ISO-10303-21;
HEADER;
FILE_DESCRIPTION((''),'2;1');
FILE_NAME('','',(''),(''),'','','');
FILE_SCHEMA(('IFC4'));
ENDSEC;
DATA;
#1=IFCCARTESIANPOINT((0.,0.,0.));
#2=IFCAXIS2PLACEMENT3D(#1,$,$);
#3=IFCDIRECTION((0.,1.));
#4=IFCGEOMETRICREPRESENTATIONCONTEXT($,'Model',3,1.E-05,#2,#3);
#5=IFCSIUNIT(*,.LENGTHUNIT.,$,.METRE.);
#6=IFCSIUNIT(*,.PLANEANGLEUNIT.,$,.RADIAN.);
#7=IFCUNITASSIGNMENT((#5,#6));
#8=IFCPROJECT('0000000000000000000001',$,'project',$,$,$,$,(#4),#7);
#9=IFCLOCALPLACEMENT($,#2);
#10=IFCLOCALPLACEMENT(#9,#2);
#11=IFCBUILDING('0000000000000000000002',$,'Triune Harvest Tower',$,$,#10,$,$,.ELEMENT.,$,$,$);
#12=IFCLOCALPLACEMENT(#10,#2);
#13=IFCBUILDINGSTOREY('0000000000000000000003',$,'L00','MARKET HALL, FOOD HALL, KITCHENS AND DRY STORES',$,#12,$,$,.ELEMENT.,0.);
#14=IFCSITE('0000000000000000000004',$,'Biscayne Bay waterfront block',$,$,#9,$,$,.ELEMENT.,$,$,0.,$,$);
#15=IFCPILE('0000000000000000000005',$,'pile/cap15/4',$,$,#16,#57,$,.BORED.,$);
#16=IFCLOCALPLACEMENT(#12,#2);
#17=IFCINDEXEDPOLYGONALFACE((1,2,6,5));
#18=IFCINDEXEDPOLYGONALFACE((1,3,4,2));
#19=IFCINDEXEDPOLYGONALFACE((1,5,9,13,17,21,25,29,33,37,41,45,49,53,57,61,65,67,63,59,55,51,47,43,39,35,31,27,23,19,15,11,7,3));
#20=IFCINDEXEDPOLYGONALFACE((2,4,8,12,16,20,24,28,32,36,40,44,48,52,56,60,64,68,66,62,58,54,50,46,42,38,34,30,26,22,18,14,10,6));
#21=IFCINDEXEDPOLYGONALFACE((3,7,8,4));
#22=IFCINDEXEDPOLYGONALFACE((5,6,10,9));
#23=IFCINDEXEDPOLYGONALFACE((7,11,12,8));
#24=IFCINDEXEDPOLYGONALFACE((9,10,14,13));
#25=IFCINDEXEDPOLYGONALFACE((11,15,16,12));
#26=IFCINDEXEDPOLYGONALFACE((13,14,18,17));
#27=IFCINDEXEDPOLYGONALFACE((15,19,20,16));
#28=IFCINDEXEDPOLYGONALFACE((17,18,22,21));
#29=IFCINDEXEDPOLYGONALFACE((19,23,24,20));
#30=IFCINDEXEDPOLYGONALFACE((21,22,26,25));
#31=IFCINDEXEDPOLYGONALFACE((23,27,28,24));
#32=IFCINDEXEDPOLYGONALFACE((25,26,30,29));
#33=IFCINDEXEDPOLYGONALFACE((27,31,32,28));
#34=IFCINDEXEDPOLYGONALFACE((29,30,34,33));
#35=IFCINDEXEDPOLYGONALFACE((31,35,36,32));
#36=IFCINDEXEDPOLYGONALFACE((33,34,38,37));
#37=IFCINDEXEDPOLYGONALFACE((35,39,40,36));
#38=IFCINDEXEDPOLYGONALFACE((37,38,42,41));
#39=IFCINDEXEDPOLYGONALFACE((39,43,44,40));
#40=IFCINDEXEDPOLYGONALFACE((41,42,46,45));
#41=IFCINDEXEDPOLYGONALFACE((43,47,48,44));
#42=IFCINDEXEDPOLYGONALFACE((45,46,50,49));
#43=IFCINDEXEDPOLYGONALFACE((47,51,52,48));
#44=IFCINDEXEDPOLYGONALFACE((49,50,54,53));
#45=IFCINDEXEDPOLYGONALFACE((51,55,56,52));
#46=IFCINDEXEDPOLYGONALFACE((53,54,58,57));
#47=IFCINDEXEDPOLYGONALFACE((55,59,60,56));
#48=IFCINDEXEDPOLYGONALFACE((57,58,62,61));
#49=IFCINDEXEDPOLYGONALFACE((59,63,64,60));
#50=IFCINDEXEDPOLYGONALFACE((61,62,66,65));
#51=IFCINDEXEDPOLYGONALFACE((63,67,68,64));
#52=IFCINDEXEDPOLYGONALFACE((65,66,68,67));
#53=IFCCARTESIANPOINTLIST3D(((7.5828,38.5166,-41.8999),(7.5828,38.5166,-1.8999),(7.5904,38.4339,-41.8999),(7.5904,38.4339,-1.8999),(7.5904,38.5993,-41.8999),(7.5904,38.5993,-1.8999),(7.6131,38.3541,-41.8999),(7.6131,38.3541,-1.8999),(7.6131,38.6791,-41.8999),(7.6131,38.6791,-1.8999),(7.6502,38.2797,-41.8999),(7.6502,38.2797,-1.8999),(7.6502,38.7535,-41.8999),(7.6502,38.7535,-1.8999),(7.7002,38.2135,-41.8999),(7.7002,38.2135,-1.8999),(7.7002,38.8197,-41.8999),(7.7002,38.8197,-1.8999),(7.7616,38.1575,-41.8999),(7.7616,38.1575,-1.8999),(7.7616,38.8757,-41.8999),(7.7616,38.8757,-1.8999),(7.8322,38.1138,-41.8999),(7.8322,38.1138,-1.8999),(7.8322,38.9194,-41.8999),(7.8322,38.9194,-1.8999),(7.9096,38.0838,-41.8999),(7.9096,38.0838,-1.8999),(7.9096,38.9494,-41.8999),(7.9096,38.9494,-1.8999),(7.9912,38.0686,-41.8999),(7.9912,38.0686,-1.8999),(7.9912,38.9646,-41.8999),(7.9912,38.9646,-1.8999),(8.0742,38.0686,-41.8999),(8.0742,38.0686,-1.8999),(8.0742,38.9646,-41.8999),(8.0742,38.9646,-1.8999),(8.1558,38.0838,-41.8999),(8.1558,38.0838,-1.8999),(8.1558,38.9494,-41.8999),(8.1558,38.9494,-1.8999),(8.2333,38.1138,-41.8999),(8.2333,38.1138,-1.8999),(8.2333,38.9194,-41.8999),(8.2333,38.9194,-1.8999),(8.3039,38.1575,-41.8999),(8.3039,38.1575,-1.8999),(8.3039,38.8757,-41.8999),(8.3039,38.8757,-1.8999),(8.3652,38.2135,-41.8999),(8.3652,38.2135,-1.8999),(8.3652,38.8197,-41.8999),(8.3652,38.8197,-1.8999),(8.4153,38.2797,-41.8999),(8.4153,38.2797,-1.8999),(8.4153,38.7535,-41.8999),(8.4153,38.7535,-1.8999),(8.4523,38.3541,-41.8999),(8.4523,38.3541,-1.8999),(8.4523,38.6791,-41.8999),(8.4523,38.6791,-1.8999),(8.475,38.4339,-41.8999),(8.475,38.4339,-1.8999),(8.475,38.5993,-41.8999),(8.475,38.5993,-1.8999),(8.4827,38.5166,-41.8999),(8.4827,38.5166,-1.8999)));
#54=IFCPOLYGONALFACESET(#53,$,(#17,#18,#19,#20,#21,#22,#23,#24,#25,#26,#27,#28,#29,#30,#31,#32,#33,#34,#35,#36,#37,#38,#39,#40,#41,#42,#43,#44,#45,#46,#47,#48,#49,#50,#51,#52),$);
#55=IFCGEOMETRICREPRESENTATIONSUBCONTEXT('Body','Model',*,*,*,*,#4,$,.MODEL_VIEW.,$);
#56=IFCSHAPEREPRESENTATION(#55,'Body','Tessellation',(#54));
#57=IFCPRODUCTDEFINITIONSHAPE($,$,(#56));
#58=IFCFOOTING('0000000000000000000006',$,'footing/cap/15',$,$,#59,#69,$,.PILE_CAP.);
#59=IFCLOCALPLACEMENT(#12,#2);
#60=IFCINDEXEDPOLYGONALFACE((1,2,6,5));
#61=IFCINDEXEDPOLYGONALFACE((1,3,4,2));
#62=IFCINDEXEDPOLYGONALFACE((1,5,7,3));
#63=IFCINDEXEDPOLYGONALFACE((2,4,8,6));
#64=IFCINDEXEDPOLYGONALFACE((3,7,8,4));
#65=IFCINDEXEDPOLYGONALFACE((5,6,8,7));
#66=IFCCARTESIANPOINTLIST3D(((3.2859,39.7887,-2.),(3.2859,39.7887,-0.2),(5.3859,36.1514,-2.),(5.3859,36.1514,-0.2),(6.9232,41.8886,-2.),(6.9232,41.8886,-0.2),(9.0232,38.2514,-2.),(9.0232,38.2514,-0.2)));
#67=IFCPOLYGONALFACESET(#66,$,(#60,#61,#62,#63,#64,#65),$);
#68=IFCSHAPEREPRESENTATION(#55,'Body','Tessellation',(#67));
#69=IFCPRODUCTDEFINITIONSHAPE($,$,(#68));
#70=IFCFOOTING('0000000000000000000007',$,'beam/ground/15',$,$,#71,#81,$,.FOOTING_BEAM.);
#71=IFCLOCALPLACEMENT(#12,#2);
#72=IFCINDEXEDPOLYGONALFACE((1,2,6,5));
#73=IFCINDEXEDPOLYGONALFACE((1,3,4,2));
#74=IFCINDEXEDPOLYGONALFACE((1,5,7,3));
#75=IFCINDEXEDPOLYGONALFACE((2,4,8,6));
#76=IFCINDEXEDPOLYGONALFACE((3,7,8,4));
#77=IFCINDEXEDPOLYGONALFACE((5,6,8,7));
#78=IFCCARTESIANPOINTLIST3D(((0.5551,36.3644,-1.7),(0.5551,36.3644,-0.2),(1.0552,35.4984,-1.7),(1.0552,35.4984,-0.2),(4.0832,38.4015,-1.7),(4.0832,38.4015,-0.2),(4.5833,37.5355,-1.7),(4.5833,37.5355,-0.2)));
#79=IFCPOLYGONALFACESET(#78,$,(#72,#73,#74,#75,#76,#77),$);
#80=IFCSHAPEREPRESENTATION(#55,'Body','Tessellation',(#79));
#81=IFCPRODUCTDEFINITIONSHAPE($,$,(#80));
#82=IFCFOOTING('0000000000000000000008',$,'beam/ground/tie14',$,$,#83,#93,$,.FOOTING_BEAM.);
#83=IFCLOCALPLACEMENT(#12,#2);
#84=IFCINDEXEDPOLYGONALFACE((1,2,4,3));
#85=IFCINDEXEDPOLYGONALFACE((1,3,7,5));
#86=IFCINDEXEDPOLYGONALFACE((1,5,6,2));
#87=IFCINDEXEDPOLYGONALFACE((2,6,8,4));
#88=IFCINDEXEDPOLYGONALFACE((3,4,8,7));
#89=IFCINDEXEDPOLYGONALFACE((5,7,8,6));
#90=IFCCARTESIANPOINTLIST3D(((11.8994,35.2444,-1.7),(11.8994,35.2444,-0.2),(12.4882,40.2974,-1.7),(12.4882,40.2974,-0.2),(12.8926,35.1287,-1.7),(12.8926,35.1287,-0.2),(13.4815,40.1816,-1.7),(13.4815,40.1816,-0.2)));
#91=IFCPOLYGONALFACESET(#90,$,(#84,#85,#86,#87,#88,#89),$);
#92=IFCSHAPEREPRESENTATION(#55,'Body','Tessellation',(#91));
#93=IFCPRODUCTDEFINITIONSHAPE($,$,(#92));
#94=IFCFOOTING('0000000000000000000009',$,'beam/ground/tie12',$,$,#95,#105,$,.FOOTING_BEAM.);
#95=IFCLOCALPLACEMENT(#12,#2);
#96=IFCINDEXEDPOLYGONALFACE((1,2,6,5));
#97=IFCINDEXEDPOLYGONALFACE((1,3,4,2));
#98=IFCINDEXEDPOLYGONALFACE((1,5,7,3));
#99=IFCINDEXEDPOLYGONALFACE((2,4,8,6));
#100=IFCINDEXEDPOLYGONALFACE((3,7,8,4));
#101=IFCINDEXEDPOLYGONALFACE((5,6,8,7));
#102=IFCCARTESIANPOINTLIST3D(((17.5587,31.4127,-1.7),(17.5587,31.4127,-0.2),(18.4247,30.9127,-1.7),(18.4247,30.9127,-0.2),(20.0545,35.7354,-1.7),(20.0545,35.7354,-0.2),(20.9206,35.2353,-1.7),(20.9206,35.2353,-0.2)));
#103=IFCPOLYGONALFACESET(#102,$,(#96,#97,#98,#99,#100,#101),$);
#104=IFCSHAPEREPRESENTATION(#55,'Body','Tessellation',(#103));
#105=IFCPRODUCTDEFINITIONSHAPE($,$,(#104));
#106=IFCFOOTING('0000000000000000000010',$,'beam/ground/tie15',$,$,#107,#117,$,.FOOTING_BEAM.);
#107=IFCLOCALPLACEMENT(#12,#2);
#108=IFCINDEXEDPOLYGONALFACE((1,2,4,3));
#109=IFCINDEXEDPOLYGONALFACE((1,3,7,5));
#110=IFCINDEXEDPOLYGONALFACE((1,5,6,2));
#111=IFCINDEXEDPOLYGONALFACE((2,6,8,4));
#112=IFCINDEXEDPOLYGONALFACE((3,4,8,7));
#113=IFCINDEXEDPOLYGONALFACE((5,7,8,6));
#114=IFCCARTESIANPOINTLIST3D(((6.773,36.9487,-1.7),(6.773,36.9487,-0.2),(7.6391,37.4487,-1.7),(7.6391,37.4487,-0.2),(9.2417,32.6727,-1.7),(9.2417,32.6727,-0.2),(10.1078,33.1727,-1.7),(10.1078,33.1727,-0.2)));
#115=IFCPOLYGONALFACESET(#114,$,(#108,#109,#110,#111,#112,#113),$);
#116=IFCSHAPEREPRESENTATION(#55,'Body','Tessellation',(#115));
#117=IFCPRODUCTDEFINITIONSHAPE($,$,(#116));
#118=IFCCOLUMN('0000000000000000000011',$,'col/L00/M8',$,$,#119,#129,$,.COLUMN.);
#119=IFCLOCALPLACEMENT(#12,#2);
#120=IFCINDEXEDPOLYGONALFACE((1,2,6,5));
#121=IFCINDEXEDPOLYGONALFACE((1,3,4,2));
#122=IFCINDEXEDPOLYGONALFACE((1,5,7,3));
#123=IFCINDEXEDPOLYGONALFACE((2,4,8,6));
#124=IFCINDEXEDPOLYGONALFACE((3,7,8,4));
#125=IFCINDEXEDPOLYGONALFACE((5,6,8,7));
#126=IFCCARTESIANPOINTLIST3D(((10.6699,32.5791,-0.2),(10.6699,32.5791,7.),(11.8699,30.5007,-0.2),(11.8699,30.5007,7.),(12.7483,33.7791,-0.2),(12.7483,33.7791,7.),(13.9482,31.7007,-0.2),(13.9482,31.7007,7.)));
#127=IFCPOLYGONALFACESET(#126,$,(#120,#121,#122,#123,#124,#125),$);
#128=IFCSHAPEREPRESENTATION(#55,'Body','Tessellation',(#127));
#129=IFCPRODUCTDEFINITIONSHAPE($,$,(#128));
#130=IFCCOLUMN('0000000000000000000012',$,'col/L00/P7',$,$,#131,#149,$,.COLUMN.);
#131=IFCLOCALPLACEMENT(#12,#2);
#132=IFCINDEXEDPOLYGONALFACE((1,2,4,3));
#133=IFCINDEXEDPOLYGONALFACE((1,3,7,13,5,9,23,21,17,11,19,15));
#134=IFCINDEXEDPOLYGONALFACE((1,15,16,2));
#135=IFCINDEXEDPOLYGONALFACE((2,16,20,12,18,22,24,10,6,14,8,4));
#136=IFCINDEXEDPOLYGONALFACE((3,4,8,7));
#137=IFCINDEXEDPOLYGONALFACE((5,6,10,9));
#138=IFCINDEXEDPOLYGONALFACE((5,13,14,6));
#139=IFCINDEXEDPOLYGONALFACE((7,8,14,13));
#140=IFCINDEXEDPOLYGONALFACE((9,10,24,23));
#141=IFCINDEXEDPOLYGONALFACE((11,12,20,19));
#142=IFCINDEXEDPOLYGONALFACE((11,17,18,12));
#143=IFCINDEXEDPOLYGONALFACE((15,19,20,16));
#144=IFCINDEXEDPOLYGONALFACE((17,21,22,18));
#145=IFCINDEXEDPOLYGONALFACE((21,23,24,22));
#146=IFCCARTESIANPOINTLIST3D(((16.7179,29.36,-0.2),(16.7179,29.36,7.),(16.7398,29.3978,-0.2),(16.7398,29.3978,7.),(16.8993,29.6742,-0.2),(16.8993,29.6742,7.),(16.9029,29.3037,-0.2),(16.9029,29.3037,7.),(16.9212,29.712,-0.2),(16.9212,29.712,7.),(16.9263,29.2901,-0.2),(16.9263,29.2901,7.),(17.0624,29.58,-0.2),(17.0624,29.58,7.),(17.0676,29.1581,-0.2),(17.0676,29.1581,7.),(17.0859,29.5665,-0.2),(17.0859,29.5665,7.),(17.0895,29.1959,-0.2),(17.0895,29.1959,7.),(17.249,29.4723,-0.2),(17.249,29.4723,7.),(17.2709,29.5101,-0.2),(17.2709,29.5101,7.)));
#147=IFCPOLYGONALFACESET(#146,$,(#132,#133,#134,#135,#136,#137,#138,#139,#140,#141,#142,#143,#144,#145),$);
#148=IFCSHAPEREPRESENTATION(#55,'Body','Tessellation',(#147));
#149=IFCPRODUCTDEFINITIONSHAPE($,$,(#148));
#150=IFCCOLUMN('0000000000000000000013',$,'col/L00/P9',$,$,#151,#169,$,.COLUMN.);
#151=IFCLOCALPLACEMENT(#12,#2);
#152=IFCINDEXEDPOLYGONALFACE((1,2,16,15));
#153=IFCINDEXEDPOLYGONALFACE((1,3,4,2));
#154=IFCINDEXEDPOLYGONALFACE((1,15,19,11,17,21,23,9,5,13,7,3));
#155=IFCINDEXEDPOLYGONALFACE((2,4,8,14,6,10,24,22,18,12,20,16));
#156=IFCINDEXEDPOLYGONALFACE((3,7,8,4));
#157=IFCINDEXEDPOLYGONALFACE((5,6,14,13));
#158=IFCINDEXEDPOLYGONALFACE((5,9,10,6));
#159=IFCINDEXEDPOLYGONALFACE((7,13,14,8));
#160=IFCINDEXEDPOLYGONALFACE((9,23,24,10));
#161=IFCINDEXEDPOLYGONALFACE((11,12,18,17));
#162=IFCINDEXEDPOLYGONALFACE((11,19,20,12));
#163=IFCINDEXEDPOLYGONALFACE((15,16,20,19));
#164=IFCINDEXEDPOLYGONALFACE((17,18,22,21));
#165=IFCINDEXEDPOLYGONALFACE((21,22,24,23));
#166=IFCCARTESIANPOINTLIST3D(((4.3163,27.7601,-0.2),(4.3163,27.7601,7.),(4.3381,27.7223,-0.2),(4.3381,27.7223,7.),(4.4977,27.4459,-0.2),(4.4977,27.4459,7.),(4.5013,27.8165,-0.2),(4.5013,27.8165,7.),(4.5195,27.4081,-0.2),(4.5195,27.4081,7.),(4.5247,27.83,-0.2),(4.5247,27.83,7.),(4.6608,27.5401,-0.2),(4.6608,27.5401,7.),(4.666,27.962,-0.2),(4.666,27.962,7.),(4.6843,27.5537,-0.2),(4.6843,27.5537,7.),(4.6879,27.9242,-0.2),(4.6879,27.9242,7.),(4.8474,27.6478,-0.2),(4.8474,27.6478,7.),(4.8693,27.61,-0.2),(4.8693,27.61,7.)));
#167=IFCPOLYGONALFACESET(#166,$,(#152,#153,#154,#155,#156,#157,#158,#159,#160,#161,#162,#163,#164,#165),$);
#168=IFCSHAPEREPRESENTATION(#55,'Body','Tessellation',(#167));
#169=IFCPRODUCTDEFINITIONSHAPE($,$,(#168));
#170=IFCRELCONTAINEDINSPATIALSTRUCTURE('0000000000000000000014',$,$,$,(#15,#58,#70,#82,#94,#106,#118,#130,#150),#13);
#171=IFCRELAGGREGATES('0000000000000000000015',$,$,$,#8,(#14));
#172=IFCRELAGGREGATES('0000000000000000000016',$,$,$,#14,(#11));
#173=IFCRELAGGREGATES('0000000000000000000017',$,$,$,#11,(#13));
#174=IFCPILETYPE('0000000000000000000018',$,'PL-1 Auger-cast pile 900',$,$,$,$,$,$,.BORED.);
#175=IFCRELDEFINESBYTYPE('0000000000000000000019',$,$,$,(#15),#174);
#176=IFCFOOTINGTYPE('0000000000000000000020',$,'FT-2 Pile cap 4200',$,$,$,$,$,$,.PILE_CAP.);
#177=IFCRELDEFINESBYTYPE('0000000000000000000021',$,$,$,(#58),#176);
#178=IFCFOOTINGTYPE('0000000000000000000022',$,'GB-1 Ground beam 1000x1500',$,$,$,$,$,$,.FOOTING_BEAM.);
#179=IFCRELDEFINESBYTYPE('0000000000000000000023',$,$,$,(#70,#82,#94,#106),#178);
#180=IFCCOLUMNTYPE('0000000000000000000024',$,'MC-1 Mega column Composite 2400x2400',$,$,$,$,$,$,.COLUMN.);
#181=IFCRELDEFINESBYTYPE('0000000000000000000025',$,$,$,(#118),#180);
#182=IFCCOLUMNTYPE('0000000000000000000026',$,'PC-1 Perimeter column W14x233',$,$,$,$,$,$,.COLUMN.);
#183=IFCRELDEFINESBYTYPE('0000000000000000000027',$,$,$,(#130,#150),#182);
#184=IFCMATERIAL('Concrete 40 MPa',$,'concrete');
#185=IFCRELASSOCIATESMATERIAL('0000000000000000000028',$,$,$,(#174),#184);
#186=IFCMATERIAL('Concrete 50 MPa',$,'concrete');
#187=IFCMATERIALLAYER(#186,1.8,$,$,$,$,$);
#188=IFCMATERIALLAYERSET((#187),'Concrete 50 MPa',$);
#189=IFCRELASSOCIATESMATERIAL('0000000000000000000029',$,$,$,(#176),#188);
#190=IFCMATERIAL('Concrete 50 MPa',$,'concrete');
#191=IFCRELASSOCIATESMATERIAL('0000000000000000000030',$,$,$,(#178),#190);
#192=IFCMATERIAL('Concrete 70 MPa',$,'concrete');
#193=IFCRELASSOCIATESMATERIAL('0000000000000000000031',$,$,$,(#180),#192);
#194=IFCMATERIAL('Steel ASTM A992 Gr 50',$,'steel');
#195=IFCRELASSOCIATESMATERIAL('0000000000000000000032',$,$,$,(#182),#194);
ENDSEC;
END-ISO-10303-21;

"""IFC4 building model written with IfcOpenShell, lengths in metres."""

from ifc_helpers import new_model, si_unit, direction, frame, origin, origin_2d, place, context, subcontext, project, spatial, rectangle, circle, i_section, extrude, source, transform, mapped, material, layer, layer_set, material_profile, profile_set, type_object, element, save


model = new_model("IFC4")

# Units and contexts
model_context = context("Model", 3, precision=1e-05, world=origin(), true_north=direction((0.0, 1.0)))
body_context = subcontext(model_context, "Body", "Model", "MODEL_VIEW")
ifc_project = project(units=[si_unit("LENGTHUNIT", "METRE"), si_unit("PLANEANGLEUNIT", "RADIAN")], contexts=[model_context])

# Site, building, storey
site_placement = place(None, origin())
site = spatial("IfcSite", under=ifc_project, at=site_placement, Name="Biscayne Bay waterfront block", CompositionType="ELEMENT", RefElevation=0.0)
building_placement = place(site_placement, origin())
building = spatial("IfcBuilding", under=site, at=building_placement, Name="Triune Harvest Tower", CompositionType="ELEMENT")
storey_placement = place(building_placement, origin())
storey = spatial("IfcBuildingStorey", under=building, at=storey_placement, Name="L00", Description="MARKET HALL, FOOD HALL, KITCHENS AND DRY STORES", CompositionType="ELEMENT", Elevation=0.0)

# Pile
ifc_material_1 = material(Name="Concrete 40 MPa", Category="concrete")
ifc_material_profile_1 = material_profile(ifc_material_1, circle(Radius=0.45, at=origin_2d()), Name="Bored 900")
ifc_profile_set_1 = profile_set([ifc_material_profile_1], Name="Concrete 40 MPa")
pile_type = type_object("IfcPileType", Name="PL-1 Auger-cast pile 900", PredefinedType="BORED", material=ifc_profile_set_1)
shared_shape_1 = source(origin(), body_context, "Body", "SweptSolid", [
    extrude(circle(Radius=0.45, at=origin_2d()), origin(), (0.0, 0.0, 1.0), 40.0),
])
for number, where, z_axis, x_axis, name in (
    (1, (8.0327, 38.5166, -1.8999), (0.0, 0.0, -1.0), (1.0, 0.0, 0.0), "pile/cap15/4"),
):
    element("IfcPile", number, at=place(storey_placement, frame(where, z_axis=z_axis, x_axis=x_axis)), inside=storey, type_object=pile_type, Name=name, PredefinedType="BORED", context=body_context, shape_type="MappedRepresentation", body=[
        mapped(shared_shape_1, transform((0.0, 0.0, 0.0), scale=1.0)),
    ])

# Footings
ifc_material_2 = material(Name="Concrete 50 MPa", Category="concrete")
ifc_layer_1 = layer(ifc_material_2, 1.8)
ifc_layer_set_1 = layer_set([ifc_layer_1], Name="Concrete 50 MPa")
footing_type_1 = type_object("IfcFootingType", Name="FT-2 Pile cap 4200", PredefinedType="PILE_CAP", material=ifc_layer_set_1)
shared_shape_2 = source(origin(), body_context, "Body", "SweptSolid", [
    extrude(rectangle(XDim=4.2, YDim=4.2, at=origin_2d()), origin(), (0.0, 0.0, 1.0), 1.8),
])
footing_1_placement = place(storey_placement, frame((6.1545, 39.02, -2.0), z_axis=(0.0, 0.0, 1.0), x_axis=(-0.866025, -0.5, 0.0)))
element("IfcFooting", 2, at=footing_1_placement, inside=storey, type_object=footing_type_1, Name="footing/cap/15", PredefinedType="PILE_CAP", context=body_context, shape_type="MappedRepresentation", body=[
    mapped(shared_shape_2, transform((0.0, 0.0, 0.0), scale=1.0)),
])
ifc_material_3 = material(Name="Concrete 50 MPa", Category="concrete")
ifc_material_profile_2 = material_profile(ifc_material_3, rectangle(XDim=1.0, YDim=1.5, at=origin_2d()), Name="Concrete 1000x1500")
ifc_profile_set_2 = profile_set([ifc_material_profile_2], Name="Concrete 50 MPa")
footing_type_2 = type_object("IfcFootingType", Name="GB-1 Ground beam 1000x1500", PredefinedType="FOOTING_BEAM", material=ifc_profile_set_2)
shared_shape_3 = source(origin(), body_context, "Body", "SweptSolid", [
    extrude(rectangle(XDim=1.0, YDim=1.5, at=origin_2d()), origin(), (0.0, 0.0, 1.0), 4.074),
])
footing_2_placement = place(storey_placement, frame((4.3333, 37.9685, -0.95), z_axis=(-0.866007, -0.500032, 0.0), x_axis=(0.500032, -0.866007, 0.0)))
element("IfcFooting", 3, at=footing_2_placement, inside=storey, type_object=footing_type_2, Name="beam/ground/15", PredefinedType="FOOTING_BEAM", context=body_context, shape_type="MappedRepresentation", body=[
    mapped(shared_shape_3, transform((0.0, 0.0, 0.0), scale=1.0)),
])
shared_shape_4 = source(origin(), body_context, "Body", "SweptSolid", [
    extrude(rectangle(XDim=1.0, YDim=1.5, at=origin_2d()), origin(), (0.0, 0.0, 1.0), 5.0872),
])
footing_3_placement = place(storey_placement, frame((12.9849, 40.2395, -0.95), z_axis=(-0.115755, -0.993278, 0.0), x_axis=(0.993278, -0.115755, 0.0)))
element("IfcFooting", 4, at=footing_3_placement, inside=storey, type_object=footing_type_2, Name="beam/ground/tie14", PredefinedType="FOOTING_BEAM", context=body_context, shape_type="MappedRepresentation", body=[
    mapped(shared_shape_4, transform((0.0, 0.0, 0.0), scale=1.0)),
])
shared_shape_5 = source(origin(), body_context, "Body", "SweptSolid", [
    extrude(rectangle(XDim=1.0, YDim=1.5, at=origin_2d()), origin(), (0.0, 0.0, 1.0), 4.9915),
])
footing_4_placement = place(storey_placement, frame((20.4875, 35.4854, -0.95), z_axis=(-0.500016, -0.866016, 0.0), x_axis=(0.866016, -0.500016, 0.0)))
element("IfcFooting", 5, at=footing_4_placement, inside=storey, type_object=footing_type_2, Name="beam/ground/tie12", PredefinedType="FOOTING_BEAM", context=body_context, shape_type="MappedRepresentation", body=[
    mapped(shared_shape_5, transform((0.0, 0.0, 0.0), scale=1.0)),
])
shared_shape_6 = source(origin(), body_context, "Body", "SweptSolid", [
    extrude(rectangle(XDim=1.0, YDim=1.5, at=origin_2d()), origin(), (0.0, 0.0, 1.0), 4.9375),
])
footing_5_placement = place(storey_placement, frame((7.2061, 37.1987, -0.95), z_axis=(0.499989, -0.866032, 0.0), x_axis=(0.866032, 0.499989, 0.0)))
element("IfcFooting", 6, at=footing_5_placement, inside=storey, type_object=footing_type_2, Name="beam/ground/tie15", PredefinedType="FOOTING_BEAM", context=body_context, shape_type="MappedRepresentation", body=[
    mapped(shared_shape_6, transform((0.0, 0.0, 0.0), scale=1.0)),
])

# Columns
ifc_material_4 = material(Name="Concrete 70 MPa", Category="concrete")
ifc_material_profile_3 = material_profile(ifc_material_4, rectangle(XDim=2.3999, YDim=2.3999, at=origin_2d()), Name="Composite 2400x2400")
ifc_profile_set_3 = profile_set([ifc_material_profile_3], Name="Concrete 70 MPa")
column_type_1 = type_object("IfcColumnType", Name="MC-1 Mega column Composite 2400x2400", PredefinedType="COLUMN", material=ifc_profile_set_3)
shared_shape_7 = source(origin(), body_context, "Body", "SweptSolid", [
    extrude(rectangle(XDim=2.3999, YDim=2.3999, at=origin_2d()), origin(), (0.0, 0.0, 1.0), 7.2),
])
column_1_placement = place(storey_placement, frame((12.3091, 32.1399, -0.2), z_axis=(0.0, 0.0, 1.0), x_axis=(-0.866025, -0.5, 0.0)))
element("IfcColumn", 7, at=column_1_placement, inside=storey, type_object=column_type_1, Name="col/L00/M8", PredefinedType="COLUMN", context=body_context, shape_type="MappedRepresentation", body=[
    mapped(shared_shape_7, transform((0.0, 0.0, 0.0), scale=1.0)),
])
ifc_material_5 = material(Name="Steel ASTM A992 Gr 50", Category="steel")
ifc_material_profile_4 = material_profile(ifc_material_5, i_section(OverallWidth=0.4038, OverallDepth=0.4065, WebThickness=0.0271, FlangeThickness=0.0437, at=origin_2d()), Name="W14x233")
ifc_profile_set_4 = profile_set([ifc_material_profile_4], Name="Steel ASTM A992 Gr 50")
column_type_2 = type_object("IfcColumnType", Name="PC-1 Perimeter column W14x233", PredefinedType="COLUMN", material=ifc_profile_set_4)
shared_shape_8 = source(origin(), body_context, "Body", "SweptSolid", [
    extrude(i_section(OverallWidth=0.4038, OverallDepth=0.4065, WebThickness=0.0271, FlangeThickness=0.0437, at=origin_2d()), origin(), (0.0, 0.0, 1.0), 7.2),
])
for number, where, z_axis, x_axis, name in (
    (8, (16.9944, 29.4351, -0.2), (0.0, 0.0, 1.0), (-0.866026, 0.499998, 0.0), "col/L00/P7"),
    (9, (4.5928, 27.6851, -0.2), (0.0, 0.0, 1.0), (-0.866025, -0.5, 0.0), "col/L00/P9"),
):
    element("IfcColumn", number, at=place(storey_placement, frame(where, z_axis=z_axis, x_axis=x_axis)), inside=storey, type_object=column_type_2, Name=name, PredefinedType="COLUMN", context=body_context, shape_type="MappedRepresentation", body=[
        mapped(shared_shape_8, transform((0.0, 0.0, 0.0), scale=1.0)),
    ])

save(model, "model.ifc")
